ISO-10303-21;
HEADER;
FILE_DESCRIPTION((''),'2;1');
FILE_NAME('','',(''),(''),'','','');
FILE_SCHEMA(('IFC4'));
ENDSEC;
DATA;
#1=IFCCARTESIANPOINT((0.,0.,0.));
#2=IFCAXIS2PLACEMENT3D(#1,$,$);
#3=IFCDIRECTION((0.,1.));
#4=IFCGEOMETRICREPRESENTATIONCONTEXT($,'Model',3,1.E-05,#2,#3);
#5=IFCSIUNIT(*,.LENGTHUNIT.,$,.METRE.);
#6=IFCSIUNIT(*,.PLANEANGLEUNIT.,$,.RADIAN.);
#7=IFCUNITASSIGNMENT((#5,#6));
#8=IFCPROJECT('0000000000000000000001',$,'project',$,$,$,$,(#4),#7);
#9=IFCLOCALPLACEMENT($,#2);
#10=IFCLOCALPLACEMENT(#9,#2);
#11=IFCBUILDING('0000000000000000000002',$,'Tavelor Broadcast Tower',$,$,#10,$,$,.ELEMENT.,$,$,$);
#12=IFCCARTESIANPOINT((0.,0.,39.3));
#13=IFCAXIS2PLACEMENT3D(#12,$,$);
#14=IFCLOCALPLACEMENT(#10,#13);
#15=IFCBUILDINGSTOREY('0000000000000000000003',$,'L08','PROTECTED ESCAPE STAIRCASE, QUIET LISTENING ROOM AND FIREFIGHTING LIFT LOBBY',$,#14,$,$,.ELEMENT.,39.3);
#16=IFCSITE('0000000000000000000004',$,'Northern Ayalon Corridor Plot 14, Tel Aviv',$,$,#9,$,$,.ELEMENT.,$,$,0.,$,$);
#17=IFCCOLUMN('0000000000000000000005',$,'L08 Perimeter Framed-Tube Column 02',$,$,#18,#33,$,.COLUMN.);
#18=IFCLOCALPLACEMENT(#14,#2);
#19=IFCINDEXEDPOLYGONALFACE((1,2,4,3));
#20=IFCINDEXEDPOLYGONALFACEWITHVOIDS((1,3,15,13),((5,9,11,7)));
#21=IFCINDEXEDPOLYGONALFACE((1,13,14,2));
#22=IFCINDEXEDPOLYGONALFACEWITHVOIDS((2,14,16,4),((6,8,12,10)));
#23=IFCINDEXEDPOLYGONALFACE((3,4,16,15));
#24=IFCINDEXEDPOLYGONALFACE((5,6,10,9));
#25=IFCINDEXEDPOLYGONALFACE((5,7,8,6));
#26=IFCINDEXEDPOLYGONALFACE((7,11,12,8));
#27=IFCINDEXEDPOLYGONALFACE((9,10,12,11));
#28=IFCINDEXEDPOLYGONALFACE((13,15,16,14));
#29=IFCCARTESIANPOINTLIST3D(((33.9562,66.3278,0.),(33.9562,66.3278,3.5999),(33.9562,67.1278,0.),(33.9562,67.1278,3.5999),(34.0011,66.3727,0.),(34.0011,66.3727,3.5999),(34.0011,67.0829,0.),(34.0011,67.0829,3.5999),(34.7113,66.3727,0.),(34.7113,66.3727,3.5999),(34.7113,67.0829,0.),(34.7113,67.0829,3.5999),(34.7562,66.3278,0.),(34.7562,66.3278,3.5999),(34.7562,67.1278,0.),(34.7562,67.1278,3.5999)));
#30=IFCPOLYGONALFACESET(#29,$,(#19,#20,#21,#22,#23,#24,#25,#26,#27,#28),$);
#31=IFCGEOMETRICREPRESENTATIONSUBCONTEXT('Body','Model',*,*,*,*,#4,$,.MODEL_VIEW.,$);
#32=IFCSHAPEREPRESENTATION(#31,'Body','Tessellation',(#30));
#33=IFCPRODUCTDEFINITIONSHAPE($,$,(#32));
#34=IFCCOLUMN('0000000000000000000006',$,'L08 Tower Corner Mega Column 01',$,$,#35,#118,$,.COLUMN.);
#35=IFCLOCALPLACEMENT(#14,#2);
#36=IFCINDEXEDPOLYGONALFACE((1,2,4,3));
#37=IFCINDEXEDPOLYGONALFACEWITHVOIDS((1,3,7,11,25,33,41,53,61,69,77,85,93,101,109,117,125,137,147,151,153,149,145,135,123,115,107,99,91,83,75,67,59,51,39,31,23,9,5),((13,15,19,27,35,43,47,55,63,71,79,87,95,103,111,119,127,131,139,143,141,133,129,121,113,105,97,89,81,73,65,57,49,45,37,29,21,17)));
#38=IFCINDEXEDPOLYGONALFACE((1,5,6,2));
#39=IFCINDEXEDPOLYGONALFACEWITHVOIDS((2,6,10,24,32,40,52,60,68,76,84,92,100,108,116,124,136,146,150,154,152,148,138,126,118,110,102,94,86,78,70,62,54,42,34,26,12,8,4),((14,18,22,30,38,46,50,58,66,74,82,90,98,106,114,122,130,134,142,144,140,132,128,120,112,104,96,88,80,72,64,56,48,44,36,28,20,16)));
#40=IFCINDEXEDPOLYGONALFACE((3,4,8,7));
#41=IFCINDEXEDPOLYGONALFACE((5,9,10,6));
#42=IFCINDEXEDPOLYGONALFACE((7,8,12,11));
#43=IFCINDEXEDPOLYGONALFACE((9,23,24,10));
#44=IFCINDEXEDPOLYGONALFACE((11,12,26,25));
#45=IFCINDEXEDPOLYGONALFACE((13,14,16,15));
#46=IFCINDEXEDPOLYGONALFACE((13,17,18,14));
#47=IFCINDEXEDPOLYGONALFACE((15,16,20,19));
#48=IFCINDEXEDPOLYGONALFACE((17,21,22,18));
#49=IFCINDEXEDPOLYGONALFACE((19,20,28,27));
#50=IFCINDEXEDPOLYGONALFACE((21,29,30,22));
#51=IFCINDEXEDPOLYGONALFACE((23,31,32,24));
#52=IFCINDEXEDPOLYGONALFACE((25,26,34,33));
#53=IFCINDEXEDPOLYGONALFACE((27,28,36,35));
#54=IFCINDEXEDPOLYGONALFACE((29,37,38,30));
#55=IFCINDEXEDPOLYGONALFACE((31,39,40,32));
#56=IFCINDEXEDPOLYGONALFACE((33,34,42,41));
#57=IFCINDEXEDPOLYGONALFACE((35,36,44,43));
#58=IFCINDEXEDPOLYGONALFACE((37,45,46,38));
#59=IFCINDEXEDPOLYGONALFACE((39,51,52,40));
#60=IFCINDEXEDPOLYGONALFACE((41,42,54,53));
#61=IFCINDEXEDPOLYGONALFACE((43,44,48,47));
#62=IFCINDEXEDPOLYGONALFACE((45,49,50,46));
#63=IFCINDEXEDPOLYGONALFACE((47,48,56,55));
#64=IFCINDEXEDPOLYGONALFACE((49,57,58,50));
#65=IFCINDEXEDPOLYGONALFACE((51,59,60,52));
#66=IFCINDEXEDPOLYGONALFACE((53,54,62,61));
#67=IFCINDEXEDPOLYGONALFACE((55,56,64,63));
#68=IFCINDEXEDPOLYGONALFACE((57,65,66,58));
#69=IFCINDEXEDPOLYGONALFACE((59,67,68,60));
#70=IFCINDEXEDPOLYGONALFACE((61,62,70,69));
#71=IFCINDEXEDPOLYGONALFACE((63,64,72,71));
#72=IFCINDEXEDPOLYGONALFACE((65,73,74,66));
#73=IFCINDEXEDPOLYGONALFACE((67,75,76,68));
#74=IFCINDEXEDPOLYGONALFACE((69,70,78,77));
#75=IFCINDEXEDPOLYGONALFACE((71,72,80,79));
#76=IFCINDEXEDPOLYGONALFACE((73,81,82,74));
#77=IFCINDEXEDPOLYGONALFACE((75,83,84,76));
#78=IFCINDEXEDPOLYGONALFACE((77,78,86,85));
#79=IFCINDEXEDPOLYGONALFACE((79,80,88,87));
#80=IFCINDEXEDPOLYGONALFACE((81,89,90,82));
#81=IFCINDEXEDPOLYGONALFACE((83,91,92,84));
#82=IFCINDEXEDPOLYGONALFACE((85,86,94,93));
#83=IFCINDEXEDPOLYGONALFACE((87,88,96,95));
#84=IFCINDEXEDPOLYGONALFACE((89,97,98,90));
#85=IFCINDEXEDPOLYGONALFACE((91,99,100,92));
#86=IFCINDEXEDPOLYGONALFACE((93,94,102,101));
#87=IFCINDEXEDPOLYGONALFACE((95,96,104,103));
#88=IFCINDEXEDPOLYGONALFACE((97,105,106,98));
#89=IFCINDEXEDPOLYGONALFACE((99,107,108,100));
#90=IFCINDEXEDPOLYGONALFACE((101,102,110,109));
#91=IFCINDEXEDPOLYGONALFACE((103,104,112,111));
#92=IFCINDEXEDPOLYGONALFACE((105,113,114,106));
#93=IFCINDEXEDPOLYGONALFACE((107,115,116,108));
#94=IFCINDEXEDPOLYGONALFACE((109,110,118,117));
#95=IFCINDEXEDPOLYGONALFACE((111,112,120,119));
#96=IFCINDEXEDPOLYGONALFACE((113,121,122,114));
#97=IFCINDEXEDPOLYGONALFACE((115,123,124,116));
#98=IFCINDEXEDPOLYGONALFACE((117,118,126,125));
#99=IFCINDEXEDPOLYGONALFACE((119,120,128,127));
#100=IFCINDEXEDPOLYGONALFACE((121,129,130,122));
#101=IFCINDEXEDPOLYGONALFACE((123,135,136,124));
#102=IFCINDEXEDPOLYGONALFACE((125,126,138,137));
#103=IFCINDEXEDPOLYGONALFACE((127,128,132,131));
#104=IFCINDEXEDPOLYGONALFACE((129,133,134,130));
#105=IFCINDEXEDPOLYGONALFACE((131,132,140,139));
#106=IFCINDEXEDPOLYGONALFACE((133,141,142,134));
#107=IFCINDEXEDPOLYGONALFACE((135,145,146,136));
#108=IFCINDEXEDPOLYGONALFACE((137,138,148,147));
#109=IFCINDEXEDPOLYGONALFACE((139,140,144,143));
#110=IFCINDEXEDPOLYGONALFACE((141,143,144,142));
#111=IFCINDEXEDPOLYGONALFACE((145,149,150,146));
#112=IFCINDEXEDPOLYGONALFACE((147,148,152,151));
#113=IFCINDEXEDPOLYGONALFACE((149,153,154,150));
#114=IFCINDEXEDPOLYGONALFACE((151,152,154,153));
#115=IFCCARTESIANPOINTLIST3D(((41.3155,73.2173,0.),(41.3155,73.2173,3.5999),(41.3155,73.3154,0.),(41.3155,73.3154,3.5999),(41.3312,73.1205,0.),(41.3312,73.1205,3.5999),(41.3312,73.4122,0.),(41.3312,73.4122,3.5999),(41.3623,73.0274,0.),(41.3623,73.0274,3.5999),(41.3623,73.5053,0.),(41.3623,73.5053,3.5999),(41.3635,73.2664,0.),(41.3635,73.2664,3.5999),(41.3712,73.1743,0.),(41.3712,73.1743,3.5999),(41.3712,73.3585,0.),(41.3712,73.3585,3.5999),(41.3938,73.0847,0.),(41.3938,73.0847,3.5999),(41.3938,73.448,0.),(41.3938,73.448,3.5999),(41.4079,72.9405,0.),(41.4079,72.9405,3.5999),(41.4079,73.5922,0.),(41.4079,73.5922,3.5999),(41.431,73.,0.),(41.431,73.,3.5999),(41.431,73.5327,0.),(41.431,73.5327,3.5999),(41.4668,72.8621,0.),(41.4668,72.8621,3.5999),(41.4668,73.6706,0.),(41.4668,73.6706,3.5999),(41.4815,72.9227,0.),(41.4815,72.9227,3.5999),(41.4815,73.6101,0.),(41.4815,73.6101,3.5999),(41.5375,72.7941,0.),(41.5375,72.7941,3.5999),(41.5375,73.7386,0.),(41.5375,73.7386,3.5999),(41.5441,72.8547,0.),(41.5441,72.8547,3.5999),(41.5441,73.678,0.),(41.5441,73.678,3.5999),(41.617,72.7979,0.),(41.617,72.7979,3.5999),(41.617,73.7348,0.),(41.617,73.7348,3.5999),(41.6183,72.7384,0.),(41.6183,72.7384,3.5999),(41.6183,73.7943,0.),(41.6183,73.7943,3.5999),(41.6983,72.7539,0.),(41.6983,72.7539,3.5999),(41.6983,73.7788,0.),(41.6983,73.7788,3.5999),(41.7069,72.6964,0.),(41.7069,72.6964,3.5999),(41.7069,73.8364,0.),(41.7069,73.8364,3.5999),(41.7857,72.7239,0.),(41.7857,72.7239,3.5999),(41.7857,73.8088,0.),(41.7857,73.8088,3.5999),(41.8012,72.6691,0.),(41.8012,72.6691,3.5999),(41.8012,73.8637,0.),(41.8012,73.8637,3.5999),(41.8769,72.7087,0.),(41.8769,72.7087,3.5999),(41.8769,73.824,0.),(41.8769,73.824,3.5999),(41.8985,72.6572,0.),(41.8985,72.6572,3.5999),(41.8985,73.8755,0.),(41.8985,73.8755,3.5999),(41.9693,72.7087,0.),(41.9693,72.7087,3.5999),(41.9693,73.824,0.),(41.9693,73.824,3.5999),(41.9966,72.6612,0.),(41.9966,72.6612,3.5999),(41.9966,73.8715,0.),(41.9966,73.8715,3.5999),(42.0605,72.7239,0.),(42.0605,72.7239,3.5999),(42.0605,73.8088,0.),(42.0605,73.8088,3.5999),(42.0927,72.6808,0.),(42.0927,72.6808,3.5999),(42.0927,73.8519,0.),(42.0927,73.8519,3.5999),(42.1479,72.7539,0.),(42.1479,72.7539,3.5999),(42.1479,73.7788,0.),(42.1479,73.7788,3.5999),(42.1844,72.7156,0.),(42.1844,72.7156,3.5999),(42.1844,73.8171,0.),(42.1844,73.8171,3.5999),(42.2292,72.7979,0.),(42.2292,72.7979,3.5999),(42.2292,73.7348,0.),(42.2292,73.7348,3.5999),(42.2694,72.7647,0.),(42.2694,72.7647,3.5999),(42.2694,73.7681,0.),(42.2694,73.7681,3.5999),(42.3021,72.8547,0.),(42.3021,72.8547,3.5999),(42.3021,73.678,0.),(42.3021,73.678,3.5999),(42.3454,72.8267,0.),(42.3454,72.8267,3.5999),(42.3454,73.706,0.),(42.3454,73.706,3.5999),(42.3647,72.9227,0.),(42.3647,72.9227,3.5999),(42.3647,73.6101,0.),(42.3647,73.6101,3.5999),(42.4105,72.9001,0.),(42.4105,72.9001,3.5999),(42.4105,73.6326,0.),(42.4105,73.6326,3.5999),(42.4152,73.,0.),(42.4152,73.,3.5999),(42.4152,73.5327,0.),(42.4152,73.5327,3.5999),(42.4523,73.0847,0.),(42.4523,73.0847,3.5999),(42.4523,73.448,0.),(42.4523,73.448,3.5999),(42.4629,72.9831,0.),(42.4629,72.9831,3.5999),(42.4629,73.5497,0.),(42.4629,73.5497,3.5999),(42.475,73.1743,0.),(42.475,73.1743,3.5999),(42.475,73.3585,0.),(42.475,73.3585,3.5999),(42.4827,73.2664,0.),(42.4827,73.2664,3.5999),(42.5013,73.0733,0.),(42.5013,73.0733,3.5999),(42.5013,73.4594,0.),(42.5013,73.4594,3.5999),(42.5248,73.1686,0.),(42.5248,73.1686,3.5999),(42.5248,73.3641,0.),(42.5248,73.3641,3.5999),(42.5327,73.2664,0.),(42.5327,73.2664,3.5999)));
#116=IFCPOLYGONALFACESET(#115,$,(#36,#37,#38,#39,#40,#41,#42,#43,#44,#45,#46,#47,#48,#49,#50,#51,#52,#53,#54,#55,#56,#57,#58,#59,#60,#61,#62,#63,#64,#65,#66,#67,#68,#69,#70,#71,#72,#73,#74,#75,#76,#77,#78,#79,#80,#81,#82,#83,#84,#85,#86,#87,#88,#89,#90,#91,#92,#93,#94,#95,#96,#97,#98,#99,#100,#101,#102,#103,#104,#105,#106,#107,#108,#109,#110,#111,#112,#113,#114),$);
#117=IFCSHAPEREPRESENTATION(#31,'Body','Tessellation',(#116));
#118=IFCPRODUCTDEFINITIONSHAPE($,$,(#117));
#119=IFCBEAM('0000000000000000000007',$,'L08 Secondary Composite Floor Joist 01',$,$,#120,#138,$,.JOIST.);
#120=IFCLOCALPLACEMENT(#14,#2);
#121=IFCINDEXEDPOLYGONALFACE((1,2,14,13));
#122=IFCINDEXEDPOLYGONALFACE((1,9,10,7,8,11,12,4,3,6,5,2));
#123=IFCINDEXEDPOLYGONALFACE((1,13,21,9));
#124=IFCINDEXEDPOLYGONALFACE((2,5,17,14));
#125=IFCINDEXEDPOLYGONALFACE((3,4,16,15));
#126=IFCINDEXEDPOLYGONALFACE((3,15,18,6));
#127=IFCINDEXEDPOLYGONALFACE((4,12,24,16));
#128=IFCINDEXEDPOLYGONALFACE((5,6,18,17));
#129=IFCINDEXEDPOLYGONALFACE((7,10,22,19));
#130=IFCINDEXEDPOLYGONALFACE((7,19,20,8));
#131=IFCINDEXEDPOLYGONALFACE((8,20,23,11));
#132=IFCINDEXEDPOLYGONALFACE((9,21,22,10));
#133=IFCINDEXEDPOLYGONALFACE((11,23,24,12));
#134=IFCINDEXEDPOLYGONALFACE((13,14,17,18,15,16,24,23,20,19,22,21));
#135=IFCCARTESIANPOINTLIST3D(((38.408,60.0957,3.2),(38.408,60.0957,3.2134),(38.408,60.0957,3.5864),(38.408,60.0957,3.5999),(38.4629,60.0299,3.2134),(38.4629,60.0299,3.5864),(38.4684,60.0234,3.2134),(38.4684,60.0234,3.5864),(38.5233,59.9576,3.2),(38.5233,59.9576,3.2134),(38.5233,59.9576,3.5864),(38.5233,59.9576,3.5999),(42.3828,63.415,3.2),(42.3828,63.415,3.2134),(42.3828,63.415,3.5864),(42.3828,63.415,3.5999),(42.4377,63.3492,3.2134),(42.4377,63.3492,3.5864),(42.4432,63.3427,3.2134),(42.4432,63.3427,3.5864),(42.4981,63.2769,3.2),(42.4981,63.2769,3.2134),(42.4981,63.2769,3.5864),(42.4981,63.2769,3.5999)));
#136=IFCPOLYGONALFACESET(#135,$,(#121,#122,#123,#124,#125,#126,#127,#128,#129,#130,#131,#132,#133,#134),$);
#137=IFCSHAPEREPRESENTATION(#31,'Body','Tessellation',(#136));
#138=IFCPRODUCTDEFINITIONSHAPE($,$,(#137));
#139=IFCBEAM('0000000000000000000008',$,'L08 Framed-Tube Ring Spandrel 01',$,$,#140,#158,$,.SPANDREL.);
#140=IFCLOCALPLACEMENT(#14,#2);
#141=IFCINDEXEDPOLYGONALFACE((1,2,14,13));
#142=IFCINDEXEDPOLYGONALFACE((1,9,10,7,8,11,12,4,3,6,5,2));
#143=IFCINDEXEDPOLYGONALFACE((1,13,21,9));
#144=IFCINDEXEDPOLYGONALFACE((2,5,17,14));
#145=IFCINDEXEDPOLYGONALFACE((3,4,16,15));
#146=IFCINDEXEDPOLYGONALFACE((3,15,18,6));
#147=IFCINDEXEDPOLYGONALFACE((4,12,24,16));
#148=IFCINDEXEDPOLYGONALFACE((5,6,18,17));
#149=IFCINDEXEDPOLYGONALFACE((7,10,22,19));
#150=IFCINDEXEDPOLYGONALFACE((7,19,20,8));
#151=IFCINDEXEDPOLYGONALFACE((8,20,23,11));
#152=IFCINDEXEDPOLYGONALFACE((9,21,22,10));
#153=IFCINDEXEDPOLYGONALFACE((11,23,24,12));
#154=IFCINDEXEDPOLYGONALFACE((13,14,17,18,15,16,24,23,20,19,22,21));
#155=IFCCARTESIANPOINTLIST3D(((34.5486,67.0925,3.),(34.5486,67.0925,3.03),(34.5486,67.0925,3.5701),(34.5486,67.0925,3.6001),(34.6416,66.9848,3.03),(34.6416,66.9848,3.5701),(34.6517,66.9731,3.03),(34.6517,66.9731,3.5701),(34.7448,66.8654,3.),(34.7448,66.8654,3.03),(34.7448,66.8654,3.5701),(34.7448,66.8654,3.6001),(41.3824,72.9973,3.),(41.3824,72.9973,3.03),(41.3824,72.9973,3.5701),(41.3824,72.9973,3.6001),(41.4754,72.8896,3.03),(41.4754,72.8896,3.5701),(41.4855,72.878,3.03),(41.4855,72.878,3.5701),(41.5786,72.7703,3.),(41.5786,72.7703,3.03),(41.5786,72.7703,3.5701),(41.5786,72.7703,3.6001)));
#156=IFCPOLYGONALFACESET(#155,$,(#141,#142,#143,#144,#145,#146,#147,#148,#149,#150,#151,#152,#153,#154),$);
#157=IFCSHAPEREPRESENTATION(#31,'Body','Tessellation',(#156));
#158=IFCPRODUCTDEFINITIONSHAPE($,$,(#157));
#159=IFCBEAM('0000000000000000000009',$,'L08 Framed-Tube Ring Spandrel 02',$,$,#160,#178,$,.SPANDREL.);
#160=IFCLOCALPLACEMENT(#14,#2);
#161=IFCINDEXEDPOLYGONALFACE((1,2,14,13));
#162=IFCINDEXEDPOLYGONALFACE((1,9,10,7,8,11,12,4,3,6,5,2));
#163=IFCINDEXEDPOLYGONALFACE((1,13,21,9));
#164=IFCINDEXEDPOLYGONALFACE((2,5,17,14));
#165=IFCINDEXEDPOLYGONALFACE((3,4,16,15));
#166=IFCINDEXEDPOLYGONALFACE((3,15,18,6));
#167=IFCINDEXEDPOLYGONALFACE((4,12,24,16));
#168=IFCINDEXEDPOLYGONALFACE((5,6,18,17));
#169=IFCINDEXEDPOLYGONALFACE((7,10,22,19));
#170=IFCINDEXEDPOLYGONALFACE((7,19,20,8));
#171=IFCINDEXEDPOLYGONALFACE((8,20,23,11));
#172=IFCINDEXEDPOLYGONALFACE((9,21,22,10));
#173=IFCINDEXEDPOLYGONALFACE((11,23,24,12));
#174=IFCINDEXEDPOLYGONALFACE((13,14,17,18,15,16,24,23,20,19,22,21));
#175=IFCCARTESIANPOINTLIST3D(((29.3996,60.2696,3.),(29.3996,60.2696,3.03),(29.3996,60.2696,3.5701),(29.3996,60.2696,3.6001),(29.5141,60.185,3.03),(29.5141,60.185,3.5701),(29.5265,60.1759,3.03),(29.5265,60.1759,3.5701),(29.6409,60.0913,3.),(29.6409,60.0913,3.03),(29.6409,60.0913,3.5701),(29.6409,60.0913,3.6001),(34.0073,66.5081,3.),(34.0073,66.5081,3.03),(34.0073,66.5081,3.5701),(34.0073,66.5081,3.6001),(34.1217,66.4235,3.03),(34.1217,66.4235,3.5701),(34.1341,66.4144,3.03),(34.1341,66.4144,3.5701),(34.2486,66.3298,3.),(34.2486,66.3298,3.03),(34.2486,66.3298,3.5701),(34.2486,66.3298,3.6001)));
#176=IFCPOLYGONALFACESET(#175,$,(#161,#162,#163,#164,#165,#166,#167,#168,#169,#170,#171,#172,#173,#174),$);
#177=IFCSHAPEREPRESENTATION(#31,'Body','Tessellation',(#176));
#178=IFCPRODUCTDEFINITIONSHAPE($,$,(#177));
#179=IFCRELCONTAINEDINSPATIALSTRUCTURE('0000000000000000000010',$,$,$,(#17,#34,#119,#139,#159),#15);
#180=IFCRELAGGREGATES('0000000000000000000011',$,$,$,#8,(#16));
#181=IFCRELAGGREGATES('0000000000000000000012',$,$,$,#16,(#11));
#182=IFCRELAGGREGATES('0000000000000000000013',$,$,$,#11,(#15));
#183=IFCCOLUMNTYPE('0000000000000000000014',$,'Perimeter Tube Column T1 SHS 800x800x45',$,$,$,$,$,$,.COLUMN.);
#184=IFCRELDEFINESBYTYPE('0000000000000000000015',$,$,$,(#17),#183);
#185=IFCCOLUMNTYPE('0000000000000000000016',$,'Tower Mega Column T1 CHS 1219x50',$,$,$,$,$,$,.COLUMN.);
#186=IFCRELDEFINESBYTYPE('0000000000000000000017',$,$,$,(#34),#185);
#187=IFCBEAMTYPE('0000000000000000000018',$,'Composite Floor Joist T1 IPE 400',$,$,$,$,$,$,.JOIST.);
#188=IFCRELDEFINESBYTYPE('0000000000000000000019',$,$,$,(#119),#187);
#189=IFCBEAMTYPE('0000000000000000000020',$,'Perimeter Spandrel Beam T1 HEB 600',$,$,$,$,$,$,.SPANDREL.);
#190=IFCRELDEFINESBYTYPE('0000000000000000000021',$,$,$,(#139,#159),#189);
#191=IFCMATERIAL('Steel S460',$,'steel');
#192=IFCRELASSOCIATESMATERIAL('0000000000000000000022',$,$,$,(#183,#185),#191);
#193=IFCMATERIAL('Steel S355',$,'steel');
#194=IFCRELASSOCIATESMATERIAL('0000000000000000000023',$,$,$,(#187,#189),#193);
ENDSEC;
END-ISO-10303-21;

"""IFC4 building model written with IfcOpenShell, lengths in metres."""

from ifc_helpers import new_model, si_unit, direction, frame, origin, origin_2d, place, context, subcontext, project, spatial, hollow_rectangle, hollow_circle, i_section, extrude, material, material_profile, profile_set, type_object, element, save


model = new_model("IFC4")

# Units and contexts
model_context = context("Model", 3, precision=1e-05, world=origin(), true_north=direction((0.0, 1.0)))
body_context = subcontext(model_context, "Body", "Model", "MODEL_VIEW")
ifc_project = project(units=[si_unit("LENGTHUNIT", "METRE"), si_unit("PLANEANGLEUNIT", "RADIAN")], contexts=[model_context])

# Site, building, storey
site_placement = place(None, origin())
site = spatial("IfcSite", under=ifc_project, at=site_placement, Name="Northern Ayalon Corridor Plot 14, Tel Aviv", CompositionType="ELEMENT", RefElevation=0.0)
building_placement = place(site_placement, origin())
building = spatial("IfcBuilding", under=site, at=building_placement, Name="Tavelor Broadcast Tower", CompositionType="ELEMENT")
storey_placement = place(building_placement, frame((0.0, 0.0, 39.3)))
storey = spatial("IfcBuildingStorey", under=building, at=storey_placement, Name="L08", Description="PROTECTED ESCAPE STAIRCASE, QUIET LISTENING ROOM AND FIREFIGHTING LIFT LOBBY", CompositionType="ELEMENT", Elevation=39.3)

# Columns
ifc_material_1 = material(Name="Steel S460", Category="steel")
ifc_material_profile_1 = material_profile(ifc_material_1, hollow_rectangle(XDim=0.8, YDim=0.8, WallThickness=0.0449, at=origin_2d()), Name="SHS 800x800x45")
ifc_profile_set_1 = profile_set([ifc_material_profile_1], Name="Steel S460")
column_type_1 = type_object("IfcColumnType", Name="Perimeter Tube Column T1 SHS 800x800x45", PredefinedType="COLUMN", material=ifc_profile_set_1)
column_1_placement = place(storey_placement, frame((34.3562, 66.7278, 0.0), z_axis=(0.0, 0.0, 1.0), x_axis=(1.0, 0.0, 0.0)))
element("IfcColumn", 1, at=column_1_placement, inside=storey, type_object=column_type_1, Name="L08 Perimeter Framed-Tube Column 02", PredefinedType="COLUMN", context=body_context, shape_type="SweptSolid", body=[
    extrude(hollow_rectangle(XDim=0.8, YDim=0.8, WallThickness=0.0449, at=origin_2d()), origin(), (0.0, 0.0, 1.0), 3.5999),
])
ifc_material_profile_2 = material_profile(ifc_material_1, hollow_circle(Radius=0.6096, WallThickness=0.05, at=origin_2d()), Name="CHS 1219x50")
ifc_profile_set_2 = profile_set([ifc_material_profile_2], Name="Steel S460")
column_type_2 = type_object("IfcColumnType", Name="Tower Mega Column T1 CHS 1219x50", PredefinedType="COLUMN", material=ifc_profile_set_2)
column_2_placement = place(storey_placement, frame((41.9231, 73.2664, 0.0), z_axis=(0.0, 0.0, 1.0), x_axis=(1.0, 0.0, 0.0)))
element("IfcColumn", 2, at=column_2_placement, inside=storey, type_object=column_type_2, Name="L08 Tower Corner Mega Column 01", PredefinedType="COLUMN", context=body_context, shape_type="SweptSolid", body=[
    extrude(hollow_circle(Radius=0.6096, WallThickness=0.05, at=origin_2d()), origin(), (0.0, 0.0, 1.0), 3.5999),
])

# Beams
ifc_material_2 = material(Name="Steel S355", Category="steel")
ifc_material_profile_3 = material_profile(ifc_material_2, i_section(OverallWidth=0.1799, OverallDepth=0.3999, WebThickness=0.0085, FlangeThickness=0.0134, at=origin_2d()), Name="IPE 400")
ifc_profile_set_3 = profile_set([ifc_material_profile_3], Name="Steel S355")
beam_type_1 = type_object("IfcBeamType", Name="Composite Floor Joist T1 IPE 400", PredefinedType="JOIST", material=ifc_profile_set_3)
beam_1_placement = place(storey_placement, frame((42.4404, 63.3459, 3.3999), z_axis=(-0.76756, -0.640977, 0.0), x_axis=(0.640977, -0.76756, 0.0)))
element("IfcBeam", 3, at=beam_1_placement, inside=storey, type_object=beam_type_1, Name="L08 Secondary Composite Floor Joist 01", PredefinedType="JOIST", context=body_context, shape_type="SweptSolid", body=[
    extrude(i_section(OverallWidth=0.1799, OverallDepth=0.3999, WebThickness=0.0085, FlangeThickness=0.0134, at=origin_2d()), origin(), (0.0, 0.0, 1.0), 5.1785),
])
ifc_material_profile_4 = material_profile(ifc_material_2, i_section(OverallWidth=0.3, OverallDepth=0.6001, WebThickness=0.0154, FlangeThickness=0.03, at=origin_2d()), Name="HEB 600")
ifc_profile_set_4 = profile_set([ifc_material_profile_4], Name="Steel S355")
beam_type_2 = type_object("IfcBeamType", Name="Perimeter Spandrel Beam T1 HEB 600", PredefinedType="SPANDREL", material=ifc_profile_set_4)
beam_2_placement = place(storey_placement, frame((41.4805, 72.8838, 3.3), z_axis=(-0.756663, -0.653805, 0.0), x_axis=(0.653805, -0.756663, 0.0)))
element("IfcBeam", 4, at=beam_2_placement, inside=storey, type_object=beam_type_2, Name="L08 Framed-Tube Ring Spandrel 01", PredefinedType="SPANDREL", context=body_context, shape_type="SweptSolid", body=[
    extrude(i_section(OverallWidth=0.3, OverallDepth=0.6001, WebThickness=0.0154, FlangeThickness=0.03, at=origin_2d()), origin(), (0.0, 0.0, 1.0), 9.0315),
])
beam_3_placement = place(storey_placement, frame((34.1279, 66.4189, 3.3), z_axis=(-0.594106, -0.804387, 0.0), x_axis=(0.804387, -0.594106, 0.0)))
element("IfcBeam", 5, at=beam_3_placement, inside=storey, type_object=beam_type_2, Name="L08 Framed-Tube Ring Spandrel 02", PredefinedType="SPANDREL", context=body_context, shape_type="SweptSolid", body=[
    extrude(i_section(OverallWidth=0.3, OverallDepth=0.6001, WebThickness=0.0154, FlangeThickness=0.03, at=origin_2d()), origin(), (0.0, 0.0, 1.0), 7.7556),
])

save(model, "model.ifc")
